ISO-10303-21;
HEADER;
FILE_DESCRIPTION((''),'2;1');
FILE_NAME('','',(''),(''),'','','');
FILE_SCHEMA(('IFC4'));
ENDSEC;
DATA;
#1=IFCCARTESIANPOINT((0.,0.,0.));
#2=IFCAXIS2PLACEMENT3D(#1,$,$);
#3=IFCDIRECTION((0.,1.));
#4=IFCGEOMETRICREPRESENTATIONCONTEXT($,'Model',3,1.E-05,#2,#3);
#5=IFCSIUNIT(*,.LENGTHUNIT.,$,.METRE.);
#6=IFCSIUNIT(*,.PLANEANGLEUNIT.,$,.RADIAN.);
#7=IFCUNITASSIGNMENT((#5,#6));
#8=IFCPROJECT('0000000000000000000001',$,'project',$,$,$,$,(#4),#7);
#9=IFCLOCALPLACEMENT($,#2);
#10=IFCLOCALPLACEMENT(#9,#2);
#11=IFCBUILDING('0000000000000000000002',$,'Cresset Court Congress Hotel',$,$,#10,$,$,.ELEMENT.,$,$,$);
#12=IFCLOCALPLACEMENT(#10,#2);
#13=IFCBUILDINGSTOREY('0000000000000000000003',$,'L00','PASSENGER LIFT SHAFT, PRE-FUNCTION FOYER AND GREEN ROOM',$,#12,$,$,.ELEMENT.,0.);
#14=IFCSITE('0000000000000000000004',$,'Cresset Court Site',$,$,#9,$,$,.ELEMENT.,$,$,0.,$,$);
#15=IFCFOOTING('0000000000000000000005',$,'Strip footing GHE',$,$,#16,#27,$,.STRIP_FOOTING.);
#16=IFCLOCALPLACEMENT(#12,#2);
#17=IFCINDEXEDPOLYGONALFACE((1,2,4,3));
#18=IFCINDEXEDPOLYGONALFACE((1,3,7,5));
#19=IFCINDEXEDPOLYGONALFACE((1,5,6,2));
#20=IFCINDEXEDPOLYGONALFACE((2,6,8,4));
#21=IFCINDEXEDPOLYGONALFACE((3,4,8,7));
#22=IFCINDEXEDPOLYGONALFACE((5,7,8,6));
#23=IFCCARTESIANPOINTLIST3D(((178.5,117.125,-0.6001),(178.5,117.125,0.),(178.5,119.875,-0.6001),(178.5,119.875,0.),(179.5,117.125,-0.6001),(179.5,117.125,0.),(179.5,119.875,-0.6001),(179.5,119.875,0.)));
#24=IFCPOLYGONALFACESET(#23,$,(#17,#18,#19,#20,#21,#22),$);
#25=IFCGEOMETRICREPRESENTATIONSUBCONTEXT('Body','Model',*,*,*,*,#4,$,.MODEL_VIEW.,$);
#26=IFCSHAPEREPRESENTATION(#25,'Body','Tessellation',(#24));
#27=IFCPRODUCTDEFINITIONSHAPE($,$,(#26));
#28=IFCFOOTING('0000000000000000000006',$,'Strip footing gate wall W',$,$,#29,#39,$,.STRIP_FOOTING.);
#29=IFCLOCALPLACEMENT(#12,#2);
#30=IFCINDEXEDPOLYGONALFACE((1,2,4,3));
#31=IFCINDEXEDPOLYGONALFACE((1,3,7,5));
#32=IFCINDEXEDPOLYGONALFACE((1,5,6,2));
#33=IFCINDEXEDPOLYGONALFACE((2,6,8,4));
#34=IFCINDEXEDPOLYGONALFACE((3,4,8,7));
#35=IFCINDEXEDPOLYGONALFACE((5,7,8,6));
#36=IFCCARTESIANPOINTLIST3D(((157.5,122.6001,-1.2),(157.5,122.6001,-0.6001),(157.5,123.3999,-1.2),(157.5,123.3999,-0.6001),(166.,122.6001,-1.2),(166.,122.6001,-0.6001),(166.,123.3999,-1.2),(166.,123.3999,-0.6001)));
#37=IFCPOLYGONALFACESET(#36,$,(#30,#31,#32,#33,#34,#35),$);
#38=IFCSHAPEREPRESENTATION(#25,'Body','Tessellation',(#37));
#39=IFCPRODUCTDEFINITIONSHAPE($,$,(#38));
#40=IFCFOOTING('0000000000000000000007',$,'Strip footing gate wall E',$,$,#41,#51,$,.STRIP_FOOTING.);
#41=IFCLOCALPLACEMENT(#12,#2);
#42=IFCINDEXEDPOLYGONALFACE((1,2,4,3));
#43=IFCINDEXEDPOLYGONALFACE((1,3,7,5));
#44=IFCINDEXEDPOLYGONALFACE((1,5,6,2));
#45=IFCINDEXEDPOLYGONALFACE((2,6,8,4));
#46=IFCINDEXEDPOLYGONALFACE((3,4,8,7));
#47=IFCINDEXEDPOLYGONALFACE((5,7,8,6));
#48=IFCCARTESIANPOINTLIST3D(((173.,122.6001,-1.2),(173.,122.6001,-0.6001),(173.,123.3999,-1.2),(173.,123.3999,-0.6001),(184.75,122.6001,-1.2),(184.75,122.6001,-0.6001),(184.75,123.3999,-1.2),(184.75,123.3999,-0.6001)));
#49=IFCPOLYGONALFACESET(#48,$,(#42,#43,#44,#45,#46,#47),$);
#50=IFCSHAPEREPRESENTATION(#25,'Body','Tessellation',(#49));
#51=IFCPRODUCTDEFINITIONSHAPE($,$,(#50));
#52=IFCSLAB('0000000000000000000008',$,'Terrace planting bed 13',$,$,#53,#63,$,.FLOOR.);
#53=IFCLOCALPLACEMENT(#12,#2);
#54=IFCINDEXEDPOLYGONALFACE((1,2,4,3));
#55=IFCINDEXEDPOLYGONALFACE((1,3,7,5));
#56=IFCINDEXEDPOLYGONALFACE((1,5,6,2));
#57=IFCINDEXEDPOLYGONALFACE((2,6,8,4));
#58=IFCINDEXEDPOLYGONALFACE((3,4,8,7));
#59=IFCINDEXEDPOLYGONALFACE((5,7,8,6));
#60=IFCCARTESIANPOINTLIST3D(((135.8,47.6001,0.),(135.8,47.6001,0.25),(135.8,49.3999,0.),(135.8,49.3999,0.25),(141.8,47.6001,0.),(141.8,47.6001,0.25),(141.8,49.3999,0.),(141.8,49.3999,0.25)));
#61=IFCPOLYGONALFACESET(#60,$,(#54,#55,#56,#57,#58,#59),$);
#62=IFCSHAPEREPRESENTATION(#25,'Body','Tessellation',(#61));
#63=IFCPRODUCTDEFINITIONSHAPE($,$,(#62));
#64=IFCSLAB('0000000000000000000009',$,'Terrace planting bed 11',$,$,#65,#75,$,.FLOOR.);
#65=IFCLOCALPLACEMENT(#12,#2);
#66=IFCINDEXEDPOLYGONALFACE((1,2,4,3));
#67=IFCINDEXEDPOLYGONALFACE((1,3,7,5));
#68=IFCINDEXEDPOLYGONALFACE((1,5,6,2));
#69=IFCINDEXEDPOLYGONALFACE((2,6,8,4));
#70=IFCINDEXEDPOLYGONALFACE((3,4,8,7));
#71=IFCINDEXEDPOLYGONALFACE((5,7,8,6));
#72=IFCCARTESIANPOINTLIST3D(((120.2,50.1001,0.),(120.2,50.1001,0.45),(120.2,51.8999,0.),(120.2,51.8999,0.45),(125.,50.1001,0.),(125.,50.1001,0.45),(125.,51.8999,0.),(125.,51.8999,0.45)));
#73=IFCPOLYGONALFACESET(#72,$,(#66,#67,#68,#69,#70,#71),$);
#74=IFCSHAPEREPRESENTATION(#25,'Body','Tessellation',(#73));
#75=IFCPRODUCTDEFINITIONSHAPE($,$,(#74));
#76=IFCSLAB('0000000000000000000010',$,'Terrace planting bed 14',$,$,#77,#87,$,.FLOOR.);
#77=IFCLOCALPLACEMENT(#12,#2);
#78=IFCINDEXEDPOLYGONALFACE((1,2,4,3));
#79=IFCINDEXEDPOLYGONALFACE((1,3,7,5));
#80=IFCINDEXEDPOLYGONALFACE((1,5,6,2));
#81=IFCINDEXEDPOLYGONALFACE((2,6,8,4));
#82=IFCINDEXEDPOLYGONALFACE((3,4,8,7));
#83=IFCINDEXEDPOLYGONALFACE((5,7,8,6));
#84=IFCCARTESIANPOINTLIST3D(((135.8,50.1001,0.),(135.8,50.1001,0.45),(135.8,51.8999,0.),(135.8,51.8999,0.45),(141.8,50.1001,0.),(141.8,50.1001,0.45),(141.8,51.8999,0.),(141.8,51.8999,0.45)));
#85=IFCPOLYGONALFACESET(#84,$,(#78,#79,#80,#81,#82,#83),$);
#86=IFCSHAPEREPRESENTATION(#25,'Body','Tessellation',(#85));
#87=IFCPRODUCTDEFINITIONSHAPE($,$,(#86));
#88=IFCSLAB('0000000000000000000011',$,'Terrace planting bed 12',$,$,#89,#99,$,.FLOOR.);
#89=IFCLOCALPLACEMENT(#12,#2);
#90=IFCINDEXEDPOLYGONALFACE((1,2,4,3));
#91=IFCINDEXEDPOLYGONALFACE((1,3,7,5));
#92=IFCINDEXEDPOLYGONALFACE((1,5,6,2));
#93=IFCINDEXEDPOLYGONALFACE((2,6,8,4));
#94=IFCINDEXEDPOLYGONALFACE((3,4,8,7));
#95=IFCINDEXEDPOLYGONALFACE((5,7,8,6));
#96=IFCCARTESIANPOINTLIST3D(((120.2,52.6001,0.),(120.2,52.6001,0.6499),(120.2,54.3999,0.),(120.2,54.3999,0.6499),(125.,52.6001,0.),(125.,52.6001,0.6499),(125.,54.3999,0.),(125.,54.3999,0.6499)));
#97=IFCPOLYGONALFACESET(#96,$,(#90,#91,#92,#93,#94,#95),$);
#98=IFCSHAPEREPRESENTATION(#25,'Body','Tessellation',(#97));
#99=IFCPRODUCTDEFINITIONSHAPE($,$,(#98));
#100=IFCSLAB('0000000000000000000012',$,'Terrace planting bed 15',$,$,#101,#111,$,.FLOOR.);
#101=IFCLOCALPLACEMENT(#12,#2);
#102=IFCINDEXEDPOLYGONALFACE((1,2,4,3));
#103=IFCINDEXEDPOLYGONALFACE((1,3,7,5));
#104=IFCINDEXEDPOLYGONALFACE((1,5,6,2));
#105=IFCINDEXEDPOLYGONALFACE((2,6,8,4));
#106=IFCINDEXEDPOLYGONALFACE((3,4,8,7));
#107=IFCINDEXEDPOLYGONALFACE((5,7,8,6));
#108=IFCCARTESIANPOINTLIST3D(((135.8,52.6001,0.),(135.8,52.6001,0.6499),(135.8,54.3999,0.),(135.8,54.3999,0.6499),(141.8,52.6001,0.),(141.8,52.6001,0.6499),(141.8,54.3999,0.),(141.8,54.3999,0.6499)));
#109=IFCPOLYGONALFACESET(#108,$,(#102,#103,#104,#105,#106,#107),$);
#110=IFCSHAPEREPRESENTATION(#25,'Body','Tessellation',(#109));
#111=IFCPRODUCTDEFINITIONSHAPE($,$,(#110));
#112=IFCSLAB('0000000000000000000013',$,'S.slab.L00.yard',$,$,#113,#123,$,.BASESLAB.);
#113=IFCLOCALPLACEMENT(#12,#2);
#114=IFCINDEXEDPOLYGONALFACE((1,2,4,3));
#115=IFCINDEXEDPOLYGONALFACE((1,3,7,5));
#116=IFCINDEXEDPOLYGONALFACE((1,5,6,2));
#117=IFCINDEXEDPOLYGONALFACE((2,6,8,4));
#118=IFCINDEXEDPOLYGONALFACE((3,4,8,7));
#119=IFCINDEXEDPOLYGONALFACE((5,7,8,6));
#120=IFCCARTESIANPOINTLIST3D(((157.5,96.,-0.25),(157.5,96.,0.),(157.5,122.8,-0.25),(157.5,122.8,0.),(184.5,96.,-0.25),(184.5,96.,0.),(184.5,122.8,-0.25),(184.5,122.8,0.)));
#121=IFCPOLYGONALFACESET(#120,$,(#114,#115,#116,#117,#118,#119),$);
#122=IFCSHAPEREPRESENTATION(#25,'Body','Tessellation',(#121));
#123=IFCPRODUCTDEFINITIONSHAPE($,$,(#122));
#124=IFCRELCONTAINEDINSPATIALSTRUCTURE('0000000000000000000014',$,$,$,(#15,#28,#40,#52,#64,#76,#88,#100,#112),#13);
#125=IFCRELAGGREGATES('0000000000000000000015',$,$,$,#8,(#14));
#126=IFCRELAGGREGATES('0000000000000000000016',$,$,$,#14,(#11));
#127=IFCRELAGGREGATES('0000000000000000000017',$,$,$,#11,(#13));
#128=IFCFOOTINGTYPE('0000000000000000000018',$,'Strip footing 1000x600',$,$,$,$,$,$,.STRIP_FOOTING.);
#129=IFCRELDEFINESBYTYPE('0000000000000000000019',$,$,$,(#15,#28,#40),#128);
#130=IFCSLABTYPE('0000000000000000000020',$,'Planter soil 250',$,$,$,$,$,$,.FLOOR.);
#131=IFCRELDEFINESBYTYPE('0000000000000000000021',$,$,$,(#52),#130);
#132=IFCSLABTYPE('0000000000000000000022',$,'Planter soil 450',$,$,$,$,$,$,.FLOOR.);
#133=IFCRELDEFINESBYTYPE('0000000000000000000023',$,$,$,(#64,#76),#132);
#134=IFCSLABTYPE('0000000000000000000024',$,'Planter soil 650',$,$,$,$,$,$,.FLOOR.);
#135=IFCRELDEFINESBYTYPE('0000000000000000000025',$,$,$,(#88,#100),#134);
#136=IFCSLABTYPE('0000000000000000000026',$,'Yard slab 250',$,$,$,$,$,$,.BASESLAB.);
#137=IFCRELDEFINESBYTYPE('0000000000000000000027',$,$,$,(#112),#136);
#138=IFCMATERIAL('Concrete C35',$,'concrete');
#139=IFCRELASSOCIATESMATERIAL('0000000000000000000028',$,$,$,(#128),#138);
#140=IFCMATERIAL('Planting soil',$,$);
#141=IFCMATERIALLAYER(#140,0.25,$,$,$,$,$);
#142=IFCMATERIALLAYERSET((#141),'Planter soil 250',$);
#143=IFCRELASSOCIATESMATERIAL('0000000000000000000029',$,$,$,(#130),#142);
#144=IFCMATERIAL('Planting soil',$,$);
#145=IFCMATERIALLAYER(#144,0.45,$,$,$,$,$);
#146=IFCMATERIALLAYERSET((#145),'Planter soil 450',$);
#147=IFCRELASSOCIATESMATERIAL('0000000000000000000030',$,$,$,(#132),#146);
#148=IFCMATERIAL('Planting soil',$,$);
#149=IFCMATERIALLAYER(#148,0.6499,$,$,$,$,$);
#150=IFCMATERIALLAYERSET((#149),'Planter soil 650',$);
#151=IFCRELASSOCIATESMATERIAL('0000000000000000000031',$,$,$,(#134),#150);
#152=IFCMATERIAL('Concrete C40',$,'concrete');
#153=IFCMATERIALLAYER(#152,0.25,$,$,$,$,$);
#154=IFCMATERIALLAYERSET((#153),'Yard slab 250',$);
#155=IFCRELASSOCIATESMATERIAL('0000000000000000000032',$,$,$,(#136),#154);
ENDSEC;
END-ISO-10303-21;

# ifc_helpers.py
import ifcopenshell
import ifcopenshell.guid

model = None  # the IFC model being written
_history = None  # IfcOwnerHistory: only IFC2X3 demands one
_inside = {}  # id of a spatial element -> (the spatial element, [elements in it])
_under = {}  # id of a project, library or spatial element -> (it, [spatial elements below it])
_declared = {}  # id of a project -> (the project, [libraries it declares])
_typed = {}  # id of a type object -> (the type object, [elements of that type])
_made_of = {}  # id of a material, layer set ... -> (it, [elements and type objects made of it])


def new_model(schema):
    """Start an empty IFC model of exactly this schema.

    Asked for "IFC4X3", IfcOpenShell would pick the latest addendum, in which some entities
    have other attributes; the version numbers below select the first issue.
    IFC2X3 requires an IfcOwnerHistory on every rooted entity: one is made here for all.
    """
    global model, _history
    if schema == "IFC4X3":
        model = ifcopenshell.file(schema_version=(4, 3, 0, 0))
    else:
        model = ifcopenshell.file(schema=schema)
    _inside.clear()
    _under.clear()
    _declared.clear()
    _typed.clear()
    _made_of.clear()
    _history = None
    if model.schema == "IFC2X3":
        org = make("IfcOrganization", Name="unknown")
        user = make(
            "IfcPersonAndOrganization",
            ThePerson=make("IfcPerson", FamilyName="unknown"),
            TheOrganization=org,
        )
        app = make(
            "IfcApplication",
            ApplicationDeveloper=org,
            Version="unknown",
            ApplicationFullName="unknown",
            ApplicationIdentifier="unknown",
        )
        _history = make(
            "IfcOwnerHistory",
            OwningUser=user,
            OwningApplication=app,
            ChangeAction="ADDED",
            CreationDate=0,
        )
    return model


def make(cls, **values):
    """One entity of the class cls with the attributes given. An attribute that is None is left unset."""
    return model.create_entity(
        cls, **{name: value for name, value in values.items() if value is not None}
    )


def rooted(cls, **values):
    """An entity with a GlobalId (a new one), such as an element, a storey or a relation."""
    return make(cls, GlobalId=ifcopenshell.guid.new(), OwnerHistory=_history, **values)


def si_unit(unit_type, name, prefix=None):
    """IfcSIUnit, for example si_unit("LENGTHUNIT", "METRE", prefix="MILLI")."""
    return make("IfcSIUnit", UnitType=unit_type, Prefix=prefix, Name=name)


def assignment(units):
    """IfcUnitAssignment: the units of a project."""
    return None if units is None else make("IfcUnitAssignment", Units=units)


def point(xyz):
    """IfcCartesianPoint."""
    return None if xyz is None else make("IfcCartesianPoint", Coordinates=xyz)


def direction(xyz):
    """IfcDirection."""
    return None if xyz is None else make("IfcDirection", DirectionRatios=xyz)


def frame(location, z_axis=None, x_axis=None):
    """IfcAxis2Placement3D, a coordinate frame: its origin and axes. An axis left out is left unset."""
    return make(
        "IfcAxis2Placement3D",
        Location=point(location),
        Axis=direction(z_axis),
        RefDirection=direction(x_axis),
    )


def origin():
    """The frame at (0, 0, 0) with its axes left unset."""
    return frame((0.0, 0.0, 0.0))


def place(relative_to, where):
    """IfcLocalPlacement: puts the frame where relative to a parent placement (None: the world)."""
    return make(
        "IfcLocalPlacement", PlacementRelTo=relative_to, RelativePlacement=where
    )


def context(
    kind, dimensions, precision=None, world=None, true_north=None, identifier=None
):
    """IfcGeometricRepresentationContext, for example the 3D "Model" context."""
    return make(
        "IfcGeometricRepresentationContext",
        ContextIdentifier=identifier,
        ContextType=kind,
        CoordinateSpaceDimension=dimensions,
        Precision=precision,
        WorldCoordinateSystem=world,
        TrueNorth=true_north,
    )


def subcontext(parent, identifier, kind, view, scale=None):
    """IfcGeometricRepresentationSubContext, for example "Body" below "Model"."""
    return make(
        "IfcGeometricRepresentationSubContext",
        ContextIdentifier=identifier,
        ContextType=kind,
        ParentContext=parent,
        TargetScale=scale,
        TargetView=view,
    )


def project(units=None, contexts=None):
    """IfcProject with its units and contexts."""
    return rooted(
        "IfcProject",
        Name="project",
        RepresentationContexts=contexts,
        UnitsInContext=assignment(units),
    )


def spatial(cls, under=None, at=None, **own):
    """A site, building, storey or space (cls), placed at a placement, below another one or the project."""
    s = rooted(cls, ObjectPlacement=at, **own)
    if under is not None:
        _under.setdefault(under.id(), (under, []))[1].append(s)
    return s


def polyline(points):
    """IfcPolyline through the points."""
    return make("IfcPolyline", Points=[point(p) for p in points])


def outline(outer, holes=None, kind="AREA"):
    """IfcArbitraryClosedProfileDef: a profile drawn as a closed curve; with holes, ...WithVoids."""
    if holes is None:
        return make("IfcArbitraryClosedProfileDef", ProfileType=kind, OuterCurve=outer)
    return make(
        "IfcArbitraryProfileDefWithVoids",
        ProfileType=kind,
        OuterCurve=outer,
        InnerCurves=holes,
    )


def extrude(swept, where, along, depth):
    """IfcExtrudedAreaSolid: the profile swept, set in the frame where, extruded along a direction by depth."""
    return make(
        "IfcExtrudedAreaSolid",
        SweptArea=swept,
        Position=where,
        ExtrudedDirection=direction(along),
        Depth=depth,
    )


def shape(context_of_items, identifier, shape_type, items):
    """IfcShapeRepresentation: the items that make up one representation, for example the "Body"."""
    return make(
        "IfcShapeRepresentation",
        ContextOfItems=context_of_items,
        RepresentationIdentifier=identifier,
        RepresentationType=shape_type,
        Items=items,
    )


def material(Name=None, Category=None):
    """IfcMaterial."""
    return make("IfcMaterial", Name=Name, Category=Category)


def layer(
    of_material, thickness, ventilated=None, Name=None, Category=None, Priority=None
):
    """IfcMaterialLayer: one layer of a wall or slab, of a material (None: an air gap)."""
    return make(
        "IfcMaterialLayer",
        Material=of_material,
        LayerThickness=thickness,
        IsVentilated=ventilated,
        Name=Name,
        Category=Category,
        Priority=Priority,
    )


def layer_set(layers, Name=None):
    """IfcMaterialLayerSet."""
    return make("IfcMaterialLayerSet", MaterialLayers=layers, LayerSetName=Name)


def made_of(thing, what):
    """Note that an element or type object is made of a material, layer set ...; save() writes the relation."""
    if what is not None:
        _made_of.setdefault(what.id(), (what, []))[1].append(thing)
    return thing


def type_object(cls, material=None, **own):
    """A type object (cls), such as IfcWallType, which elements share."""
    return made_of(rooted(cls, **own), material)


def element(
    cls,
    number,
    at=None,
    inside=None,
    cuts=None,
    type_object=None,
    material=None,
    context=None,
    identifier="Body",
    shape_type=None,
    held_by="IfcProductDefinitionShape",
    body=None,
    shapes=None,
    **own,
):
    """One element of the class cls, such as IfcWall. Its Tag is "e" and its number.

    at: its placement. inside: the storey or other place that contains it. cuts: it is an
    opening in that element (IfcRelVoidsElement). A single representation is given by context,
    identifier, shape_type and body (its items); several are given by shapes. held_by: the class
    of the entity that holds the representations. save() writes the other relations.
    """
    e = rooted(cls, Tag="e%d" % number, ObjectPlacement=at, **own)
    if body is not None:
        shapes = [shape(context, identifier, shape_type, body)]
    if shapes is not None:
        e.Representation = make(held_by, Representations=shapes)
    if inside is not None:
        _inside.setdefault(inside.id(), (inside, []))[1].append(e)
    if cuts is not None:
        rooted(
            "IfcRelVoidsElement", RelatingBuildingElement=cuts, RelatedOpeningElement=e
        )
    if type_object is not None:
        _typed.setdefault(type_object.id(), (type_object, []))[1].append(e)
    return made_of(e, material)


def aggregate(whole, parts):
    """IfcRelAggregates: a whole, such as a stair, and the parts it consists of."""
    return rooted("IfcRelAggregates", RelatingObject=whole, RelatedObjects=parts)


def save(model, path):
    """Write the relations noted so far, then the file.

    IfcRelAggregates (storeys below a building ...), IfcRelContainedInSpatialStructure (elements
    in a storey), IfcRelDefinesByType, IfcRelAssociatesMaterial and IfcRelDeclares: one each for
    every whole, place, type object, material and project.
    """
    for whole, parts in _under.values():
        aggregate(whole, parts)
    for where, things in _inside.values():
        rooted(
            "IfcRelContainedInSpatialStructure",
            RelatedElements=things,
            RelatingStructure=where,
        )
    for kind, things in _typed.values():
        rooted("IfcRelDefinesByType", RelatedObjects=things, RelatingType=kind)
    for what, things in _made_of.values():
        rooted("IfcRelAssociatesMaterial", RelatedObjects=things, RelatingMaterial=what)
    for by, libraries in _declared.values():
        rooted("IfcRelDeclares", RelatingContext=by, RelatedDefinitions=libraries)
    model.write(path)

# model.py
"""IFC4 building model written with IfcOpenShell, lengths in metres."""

from ifc_helpers import new_model, si_unit, direction, frame, origin, place, context, subcontext, project, spatial, polyline, outline, extrude, material, layer, layer_set, type_object, element, save


model = new_model("IFC4")

# Units and contexts
model_context = context("Model", 3, precision=1e-05, world=origin(), true_north=direction((0.0, 1.0)))
body_context = subcontext(model_context, "Body", "Model", "MODEL_VIEW")
ifc_project = project(units=[si_unit("LENGTHUNIT", "METRE"), si_unit("PLANEANGLEUNIT", "RADIAN")], contexts=[model_context])

# Site, building, storey
site_placement = place(None, origin())
site = spatial("IfcSite", under=ifc_project, at=site_placement, Name="Cresset Court Site", CompositionType="ELEMENT", RefElevation=0.0)
building_placement = place(site_placement, origin())
building = spatial("IfcBuilding", under=site, at=building_placement, Name="Cresset Court Congress Hotel", CompositionType="ELEMENT")
storey_placement = place(building_placement, origin())
storey = spatial("IfcBuildingStorey", under=building, at=storey_placement, Name="L00", Description="PASSENGER LIFT SHAFT, PRE-FUNCTION FOYER AND GREEN ROOM", CompositionType="ELEMENT", Elevation=0.0)

# Footings
ifc_material_1 = material(Name="Concrete C35", Category="concrete")
footing_type = type_object("IfcFootingType", Name="Strip footing 1000x600", PredefinedType="STRIP_FOOTING", material=ifc_material_1)
footing_1_placement = place(storey_placement, frame((0.0, 0.0, -0.6001)))
element("IfcFooting", 1, at=footing_1_placement, inside=storey, type_object=footing_type, Name="Strip footing GHE", PredefinedType="STRIP_FOOTING", context=body_context, shape_type="SweptSolid", body=[
    extrude(outline(polyline([(178.5, 117.125), (179.5, 117.125), (179.5, 119.875), (178.5, 119.875), (178.5, 117.125)])), origin(), (0.0, 0.0, 1.0), 0.6001),
])
footing_2_placement = place(storey_placement, frame((0.0, 0.0, -1.2)))
element("IfcFooting", 2, at=footing_2_placement, inside=storey, type_object=footing_type, Name="Strip footing gate wall W", PredefinedType="STRIP_FOOTING", context=body_context, shape_type="SweptSolid", body=[
    extrude(outline(polyline([(157.5, 123.3999), (166.0, 123.3999), (166.0, 122.6001), (157.5, 122.6001), (157.5, 123.3999)])), origin(), (0.0, 0.0, 1.0), 0.5999),
])
footing_3_placement = place(storey_placement, frame((0.0, 0.0, -1.2)))
element("IfcFooting", 3, at=footing_3_placement, inside=storey, type_object=footing_type, Name="Strip footing gate wall E", PredefinedType="STRIP_FOOTING", context=body_context, shape_type="SweptSolid", body=[
    extrude(outline(polyline([(173.0, 123.3999), (184.75, 123.3999), (184.75, 122.6001), (173.0, 122.6001), (173.0, 123.3999)])), origin(), (0.0, 0.0, 1.0), 0.5999),
])

# Slabs
ifc_material_2 = material(Name="Planting soil")
ifc_layer_1 = layer(ifc_material_2, 0.25)
ifc_layer_set_1 = layer_set([ifc_layer_1], Name="Planter soil 250")
slab_type_1 = type_object("IfcSlabType", Name="Planter soil 250", PredefinedType="FLOOR", material=ifc_layer_set_1)
slab_1_placement = place(storey_placement, origin())
element("IfcSlab", 4, at=slab_1_placement, inside=storey, type_object=slab_type_1, Name="Terrace planting bed 13", PredefinedType="FLOOR", context=body_context, shape_type="SweptSolid", body=[
    extrude(outline(polyline([(135.8, 47.6001), (141.8, 47.6001), (141.8, 49.3999), (135.8, 49.3999), (135.8, 47.6001)])), origin(), (0.0, 0.0, 1.0), 0.25),
])
ifc_material_3 = material(Name="Planting soil")
ifc_layer_2 = layer(ifc_material_3, 0.45)
ifc_layer_set_2 = layer_set([ifc_layer_2], Name="Planter soil 450")
slab_type_2 = type_object("IfcSlabType", Name="Planter soil 450", PredefinedType="FLOOR", material=ifc_layer_set_2)
slab_2_placement = place(storey_placement, origin())
element("IfcSlab", 5, at=slab_2_placement, inside=storey, type_object=slab_type_2, Name="Terrace planting bed 11", PredefinedType="FLOOR", context=body_context, shape_type="SweptSolid", body=[
    extrude(outline(polyline([(120.2, 50.1001), (125.0, 50.1001), (125.0, 51.8999), (120.2, 51.8999), (120.2, 50.1001)])), origin(), (0.0, 0.0, 1.0), 0.45),
])
slab_3_placement = place(storey_placement, origin())
element("IfcSlab", 6, at=slab_3_placement, inside=storey, type_object=slab_type_2, Name="Terrace planting bed 14", PredefinedType="FLOOR", context=body_context, shape_type="SweptSolid", body=[
    extrude(outline(polyline([(135.8, 50.1001), (141.8, 50.1001), (141.8, 51.8999), (135.8, 51.8999), (135.8, 50.1001)])), origin(), (0.0, 0.0, 1.0), 0.45),
])
ifc_material_4 = material(Name="Planting soil")
ifc_layer_3 = layer(ifc_material_4, 0.6499)
ifc_layer_set_3 = layer_set([ifc_layer_3], Name="Planter soil 650")
slab_type_3 = type_object("IfcSlabType", Name="Planter soil 650", PredefinedType="FLOOR", material=ifc_layer_set_3)
slab_4_placement = place(storey_placement, origin())
element("IfcSlab", 7, at=slab_4_placement, inside=storey, type_object=slab_type_3, Name="Terrace planting bed 12", PredefinedType="FLOOR", context=body_context, shape_type="SweptSolid", body=[
    extrude(outline(polyline([(120.2, 52.6001), (125.0, 52.6001), (125.0, 54.3999), (120.2, 54.3999), (120.2, 52.6001)])), origin(), (0.0, 0.0, 1.0), 0.6499),
])
slab_5_placement = place(storey_placement, origin())
element("IfcSlab", 8, at=slab_5_placement, inside=storey, type_object=slab_type_3, Name="Terrace planting bed 15", PredefinedType="FLOOR", context=body_context, shape_type="SweptSolid", body=[
    extrude(outline(polyline([(135.8, 52.6001), (141.8, 52.6001), (141.8, 54.3999), (135.8, 54.3999), (135.8, 52.6001)])), origin(), (0.0, 0.0, 1.0), 0.6499),
])
ifc_material_5 = material(Name="Concrete C40", Category="concrete")
ifc_layer_4 = layer(ifc_material_5, 0.25)
ifc_layer_set_4 = layer_set([ifc_layer_4], Name="Yard slab 250")
slab_type_4 = type_object("IfcSlabType", Name="Yard slab 250", PredefinedType="BASESLAB", material=ifc_layer_set_4)
slab_6_placement = place(storey_placement, frame((0.0, 0.0, -0.25)))
element("IfcSlab", 9, at=slab_6_placement, inside=storey, type_object=slab_type_4, Name="S.slab.L00.yard", PredefinedType="BASESLAB", context=body_context, shape_type="SweptSolid", body=[
    extrude(outline(polyline([(157.5, 96.0), (184.5, 96.0), (184.5, 122.8), (157.5, 122.8), (157.5, 96.0)])), origin(), (0.0, 0.0, 1.0), 0.25),
])

save(model, "model.ifc")
